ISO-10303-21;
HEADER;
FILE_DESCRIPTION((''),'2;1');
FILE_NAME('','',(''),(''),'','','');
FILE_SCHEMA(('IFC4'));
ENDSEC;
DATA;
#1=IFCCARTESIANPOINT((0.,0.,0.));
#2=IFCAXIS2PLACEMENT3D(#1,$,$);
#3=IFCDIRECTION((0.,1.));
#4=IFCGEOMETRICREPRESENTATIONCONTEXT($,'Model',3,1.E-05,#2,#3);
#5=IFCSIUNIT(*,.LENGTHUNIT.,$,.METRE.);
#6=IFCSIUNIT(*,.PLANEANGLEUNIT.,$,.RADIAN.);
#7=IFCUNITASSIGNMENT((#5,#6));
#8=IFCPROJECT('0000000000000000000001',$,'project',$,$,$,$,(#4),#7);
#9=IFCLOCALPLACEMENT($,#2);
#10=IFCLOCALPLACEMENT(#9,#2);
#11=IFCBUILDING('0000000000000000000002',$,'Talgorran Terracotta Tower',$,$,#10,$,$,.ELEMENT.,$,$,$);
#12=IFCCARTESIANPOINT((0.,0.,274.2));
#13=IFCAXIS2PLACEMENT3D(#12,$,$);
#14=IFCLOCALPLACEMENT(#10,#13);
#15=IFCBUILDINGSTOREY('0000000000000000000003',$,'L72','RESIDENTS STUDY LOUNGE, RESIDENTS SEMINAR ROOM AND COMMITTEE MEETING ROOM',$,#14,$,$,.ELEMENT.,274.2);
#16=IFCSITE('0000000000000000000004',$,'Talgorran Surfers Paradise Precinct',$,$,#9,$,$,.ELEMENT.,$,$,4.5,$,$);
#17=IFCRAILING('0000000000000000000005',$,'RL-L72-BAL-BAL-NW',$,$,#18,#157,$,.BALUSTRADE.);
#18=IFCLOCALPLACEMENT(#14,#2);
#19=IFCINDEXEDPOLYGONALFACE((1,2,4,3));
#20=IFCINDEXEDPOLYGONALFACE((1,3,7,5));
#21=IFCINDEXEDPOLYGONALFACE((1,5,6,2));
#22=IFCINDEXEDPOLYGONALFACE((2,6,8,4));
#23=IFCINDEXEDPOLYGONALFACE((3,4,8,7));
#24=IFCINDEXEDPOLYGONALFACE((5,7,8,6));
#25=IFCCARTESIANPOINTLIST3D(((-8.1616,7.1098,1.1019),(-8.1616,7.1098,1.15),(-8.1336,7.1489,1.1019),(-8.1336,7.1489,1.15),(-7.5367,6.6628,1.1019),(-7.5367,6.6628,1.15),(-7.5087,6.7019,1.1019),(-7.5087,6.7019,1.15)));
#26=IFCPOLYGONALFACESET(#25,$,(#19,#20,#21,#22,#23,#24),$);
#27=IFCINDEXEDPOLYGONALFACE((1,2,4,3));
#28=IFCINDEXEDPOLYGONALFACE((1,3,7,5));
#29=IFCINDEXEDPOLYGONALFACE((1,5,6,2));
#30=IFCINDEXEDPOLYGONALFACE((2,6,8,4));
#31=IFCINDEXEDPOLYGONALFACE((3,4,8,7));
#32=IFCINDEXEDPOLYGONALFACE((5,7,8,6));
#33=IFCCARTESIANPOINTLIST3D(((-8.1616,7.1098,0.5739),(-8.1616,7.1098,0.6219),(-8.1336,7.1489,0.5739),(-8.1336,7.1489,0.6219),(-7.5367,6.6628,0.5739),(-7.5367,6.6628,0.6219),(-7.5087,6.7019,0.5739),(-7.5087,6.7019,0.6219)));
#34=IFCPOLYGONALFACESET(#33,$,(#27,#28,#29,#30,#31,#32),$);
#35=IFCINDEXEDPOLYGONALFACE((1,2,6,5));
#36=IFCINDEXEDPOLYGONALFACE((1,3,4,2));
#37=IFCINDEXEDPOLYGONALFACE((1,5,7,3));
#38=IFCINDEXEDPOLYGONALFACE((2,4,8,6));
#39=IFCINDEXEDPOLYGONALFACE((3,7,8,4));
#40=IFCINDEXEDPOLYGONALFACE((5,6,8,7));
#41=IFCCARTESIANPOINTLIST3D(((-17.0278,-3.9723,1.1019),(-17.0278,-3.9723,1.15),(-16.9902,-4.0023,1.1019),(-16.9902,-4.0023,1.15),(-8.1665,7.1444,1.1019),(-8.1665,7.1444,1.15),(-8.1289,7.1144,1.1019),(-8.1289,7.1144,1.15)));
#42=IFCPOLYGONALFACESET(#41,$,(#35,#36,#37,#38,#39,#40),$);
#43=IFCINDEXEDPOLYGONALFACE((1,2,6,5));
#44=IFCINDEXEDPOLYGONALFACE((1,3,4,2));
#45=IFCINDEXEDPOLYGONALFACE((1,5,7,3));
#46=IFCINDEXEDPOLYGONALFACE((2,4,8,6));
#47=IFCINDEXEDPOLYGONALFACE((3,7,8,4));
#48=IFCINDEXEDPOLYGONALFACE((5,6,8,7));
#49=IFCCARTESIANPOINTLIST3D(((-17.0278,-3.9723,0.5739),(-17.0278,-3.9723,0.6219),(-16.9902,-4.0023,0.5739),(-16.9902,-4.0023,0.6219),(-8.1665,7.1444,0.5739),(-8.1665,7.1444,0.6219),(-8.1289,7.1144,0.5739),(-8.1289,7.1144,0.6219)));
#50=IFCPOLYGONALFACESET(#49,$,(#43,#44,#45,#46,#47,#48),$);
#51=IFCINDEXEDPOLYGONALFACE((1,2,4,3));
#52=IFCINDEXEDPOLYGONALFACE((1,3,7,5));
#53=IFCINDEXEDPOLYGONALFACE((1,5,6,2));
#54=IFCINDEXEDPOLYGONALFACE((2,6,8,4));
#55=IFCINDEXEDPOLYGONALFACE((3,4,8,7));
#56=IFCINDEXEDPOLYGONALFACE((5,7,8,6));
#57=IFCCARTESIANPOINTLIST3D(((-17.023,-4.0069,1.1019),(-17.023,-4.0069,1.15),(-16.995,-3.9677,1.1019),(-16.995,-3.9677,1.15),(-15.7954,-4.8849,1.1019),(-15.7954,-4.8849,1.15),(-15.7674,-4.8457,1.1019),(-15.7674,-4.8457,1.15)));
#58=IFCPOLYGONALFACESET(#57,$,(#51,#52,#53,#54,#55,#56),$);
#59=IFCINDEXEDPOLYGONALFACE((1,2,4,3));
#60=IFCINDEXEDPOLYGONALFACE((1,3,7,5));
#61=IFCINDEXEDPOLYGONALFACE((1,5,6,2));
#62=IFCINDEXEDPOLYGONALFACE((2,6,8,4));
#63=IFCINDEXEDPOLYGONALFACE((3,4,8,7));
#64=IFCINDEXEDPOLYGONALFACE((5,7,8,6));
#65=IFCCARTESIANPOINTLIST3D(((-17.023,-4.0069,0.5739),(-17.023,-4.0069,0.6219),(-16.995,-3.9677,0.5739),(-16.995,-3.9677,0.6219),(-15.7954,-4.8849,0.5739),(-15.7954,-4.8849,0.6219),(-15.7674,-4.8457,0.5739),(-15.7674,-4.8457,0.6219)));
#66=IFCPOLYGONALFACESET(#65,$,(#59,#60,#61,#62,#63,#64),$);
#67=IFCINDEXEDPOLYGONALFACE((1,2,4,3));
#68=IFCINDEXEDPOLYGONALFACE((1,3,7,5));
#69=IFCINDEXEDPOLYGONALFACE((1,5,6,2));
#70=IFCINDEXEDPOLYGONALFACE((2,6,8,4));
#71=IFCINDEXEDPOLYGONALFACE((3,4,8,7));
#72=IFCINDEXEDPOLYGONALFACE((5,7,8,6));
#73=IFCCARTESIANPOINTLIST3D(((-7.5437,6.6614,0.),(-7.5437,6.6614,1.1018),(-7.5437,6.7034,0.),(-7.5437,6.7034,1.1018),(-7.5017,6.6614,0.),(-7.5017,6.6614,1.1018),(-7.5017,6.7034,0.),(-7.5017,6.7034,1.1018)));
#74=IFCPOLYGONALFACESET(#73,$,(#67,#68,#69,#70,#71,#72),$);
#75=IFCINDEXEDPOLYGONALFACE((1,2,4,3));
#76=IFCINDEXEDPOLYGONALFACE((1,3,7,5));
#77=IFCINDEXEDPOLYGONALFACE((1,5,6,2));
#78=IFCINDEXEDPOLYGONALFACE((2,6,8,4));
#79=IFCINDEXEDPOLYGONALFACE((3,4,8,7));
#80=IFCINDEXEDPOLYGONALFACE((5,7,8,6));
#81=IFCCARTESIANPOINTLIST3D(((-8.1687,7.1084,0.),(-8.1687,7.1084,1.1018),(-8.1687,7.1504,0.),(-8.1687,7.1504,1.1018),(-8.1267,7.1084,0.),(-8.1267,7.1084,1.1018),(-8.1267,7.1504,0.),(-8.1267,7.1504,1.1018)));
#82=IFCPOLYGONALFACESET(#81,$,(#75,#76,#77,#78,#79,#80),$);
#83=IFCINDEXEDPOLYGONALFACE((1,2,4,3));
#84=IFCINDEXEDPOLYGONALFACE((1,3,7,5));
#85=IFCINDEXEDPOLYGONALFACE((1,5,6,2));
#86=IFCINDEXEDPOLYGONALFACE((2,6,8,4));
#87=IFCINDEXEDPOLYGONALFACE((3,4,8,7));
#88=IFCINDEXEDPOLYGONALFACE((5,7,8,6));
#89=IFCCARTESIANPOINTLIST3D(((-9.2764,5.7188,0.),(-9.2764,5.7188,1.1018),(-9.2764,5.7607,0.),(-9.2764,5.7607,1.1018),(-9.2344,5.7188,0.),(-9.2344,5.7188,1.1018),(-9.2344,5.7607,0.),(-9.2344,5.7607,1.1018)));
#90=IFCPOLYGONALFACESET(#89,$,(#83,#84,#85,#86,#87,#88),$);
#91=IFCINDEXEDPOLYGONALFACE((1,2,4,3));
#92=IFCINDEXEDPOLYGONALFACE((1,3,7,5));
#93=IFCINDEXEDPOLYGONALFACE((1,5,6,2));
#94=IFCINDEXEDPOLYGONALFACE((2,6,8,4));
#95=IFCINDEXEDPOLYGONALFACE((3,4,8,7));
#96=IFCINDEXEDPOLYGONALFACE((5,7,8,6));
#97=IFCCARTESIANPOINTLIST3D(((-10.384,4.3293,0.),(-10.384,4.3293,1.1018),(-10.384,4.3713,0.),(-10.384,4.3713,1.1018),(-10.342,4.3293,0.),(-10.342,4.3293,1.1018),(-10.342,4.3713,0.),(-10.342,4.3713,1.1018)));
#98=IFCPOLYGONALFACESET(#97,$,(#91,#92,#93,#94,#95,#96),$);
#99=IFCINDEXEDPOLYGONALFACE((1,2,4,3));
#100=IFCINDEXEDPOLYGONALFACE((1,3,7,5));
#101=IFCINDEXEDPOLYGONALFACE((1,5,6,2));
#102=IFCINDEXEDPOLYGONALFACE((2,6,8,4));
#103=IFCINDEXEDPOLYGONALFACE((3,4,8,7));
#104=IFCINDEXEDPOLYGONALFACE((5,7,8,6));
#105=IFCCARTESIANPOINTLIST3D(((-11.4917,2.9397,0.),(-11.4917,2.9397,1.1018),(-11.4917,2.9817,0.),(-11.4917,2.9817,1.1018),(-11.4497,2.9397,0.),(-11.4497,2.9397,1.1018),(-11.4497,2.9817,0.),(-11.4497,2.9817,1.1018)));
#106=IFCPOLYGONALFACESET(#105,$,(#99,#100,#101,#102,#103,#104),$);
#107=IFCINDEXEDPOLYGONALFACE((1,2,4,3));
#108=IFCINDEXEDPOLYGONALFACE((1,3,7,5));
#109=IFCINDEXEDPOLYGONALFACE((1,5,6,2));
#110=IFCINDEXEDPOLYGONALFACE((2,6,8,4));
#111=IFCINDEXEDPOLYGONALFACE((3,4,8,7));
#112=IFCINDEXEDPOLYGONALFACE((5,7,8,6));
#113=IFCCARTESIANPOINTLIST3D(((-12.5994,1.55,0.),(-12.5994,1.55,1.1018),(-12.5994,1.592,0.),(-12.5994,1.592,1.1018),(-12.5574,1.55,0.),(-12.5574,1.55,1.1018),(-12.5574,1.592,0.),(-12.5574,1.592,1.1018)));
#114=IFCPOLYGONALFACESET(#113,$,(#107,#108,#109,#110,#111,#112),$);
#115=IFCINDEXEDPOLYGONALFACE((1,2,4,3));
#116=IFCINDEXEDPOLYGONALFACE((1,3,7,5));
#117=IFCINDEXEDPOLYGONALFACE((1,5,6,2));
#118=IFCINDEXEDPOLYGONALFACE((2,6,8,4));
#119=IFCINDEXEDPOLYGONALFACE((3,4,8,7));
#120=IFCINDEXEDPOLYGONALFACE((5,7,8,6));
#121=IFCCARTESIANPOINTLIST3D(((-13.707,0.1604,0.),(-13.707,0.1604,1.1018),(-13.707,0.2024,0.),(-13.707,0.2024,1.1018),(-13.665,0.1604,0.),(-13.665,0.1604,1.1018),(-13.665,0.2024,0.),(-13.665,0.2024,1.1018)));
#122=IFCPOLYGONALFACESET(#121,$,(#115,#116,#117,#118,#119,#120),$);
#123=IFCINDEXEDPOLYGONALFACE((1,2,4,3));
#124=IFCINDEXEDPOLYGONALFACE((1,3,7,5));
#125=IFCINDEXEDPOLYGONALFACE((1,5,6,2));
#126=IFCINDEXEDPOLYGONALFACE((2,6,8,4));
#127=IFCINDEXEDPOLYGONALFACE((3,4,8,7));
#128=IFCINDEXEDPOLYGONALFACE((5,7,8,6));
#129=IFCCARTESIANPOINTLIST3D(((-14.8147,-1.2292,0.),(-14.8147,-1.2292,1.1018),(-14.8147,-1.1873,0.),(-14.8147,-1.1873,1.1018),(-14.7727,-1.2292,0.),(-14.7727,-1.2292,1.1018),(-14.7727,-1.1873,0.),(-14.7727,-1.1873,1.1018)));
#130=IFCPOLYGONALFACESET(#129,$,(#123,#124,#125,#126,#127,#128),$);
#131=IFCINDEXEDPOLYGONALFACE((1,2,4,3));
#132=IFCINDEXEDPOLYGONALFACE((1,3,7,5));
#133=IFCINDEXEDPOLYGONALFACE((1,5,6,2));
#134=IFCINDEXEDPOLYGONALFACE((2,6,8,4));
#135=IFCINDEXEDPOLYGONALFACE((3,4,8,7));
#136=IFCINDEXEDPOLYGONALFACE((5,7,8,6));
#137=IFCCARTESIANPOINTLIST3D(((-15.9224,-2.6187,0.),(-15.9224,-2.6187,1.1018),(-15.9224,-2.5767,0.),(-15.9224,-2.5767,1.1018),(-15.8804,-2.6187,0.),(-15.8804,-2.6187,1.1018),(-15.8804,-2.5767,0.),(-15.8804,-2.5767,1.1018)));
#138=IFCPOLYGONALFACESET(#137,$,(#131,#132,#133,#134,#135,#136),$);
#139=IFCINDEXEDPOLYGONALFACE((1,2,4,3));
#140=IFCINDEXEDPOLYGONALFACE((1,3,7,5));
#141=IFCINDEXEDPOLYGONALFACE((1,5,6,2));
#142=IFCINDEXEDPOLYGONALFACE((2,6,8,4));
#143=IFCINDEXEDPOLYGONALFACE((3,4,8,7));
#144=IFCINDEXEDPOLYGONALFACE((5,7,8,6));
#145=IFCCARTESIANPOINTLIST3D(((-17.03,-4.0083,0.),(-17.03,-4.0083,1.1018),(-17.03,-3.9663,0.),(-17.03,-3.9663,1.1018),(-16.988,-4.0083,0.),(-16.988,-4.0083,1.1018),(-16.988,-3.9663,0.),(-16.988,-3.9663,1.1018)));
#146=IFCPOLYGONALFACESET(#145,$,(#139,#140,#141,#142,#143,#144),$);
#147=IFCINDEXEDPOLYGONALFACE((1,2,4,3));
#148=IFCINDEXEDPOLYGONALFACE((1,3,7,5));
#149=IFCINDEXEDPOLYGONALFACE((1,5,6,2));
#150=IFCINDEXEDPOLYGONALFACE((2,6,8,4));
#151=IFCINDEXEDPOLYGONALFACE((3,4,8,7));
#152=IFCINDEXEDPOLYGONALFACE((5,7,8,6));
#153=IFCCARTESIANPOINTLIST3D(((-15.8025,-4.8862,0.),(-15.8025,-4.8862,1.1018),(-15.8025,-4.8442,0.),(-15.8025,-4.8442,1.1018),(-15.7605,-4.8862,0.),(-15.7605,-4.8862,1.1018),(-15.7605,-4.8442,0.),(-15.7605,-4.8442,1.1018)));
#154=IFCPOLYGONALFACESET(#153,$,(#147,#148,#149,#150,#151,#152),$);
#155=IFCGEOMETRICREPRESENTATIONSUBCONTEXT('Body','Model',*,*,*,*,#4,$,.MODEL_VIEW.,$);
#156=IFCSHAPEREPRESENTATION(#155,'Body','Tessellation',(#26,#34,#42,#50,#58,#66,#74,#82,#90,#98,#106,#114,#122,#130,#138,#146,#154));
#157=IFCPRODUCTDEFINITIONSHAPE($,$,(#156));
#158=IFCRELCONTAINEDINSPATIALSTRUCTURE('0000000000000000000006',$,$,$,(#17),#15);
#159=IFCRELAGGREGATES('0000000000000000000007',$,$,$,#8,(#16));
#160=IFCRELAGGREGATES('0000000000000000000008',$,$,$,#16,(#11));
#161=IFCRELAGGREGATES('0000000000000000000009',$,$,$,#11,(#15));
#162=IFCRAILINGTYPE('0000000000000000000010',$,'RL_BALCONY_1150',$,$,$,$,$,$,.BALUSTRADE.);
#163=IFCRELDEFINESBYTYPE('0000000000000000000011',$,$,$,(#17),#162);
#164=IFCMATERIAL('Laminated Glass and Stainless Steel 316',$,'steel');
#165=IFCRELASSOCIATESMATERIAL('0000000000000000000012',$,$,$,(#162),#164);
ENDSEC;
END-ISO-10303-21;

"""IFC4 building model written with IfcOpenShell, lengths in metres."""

from ifc_helpers import new_model, si_unit, direction, frame, origin, origin_2d, place, context, subcontext, project, spatial, rectangle, extrude, material, type_object, element, save


model = new_model("IFC4")

# Units and contexts
model_context = context("Model", 3, precision=1e-05, world=origin(), true_north=direction((0.0, 1.0)))
body_context = subcontext(model_context, "Body", "Model", "MODEL_VIEW")
ifc_project = project(units=[si_unit("LENGTHUNIT", "METRE"), si_unit("PLANEANGLEUNIT", "RADIAN")], contexts=[model_context])

# Site, building, storey
site_placement = place(None, origin())
site = spatial("IfcSite", under=ifc_project, at=site_placement, Name="Talgorran Surfers Paradise Precinct", CompositionType="ELEMENT", RefElevation=4.5)
building_placement = place(site_placement, origin())
building = spatial("IfcBuilding", under=site, at=building_placement, Name="Talgorran Terracotta Tower", CompositionType="ELEMENT")
storey_placement = place(building_placement, frame((0.0, 0.0, 274.2)))
storey = spatial("IfcBuildingStorey", under=building, at=storey_placement, Name="L72", Description="RESIDENTS STUDY LOUNGE, RESIDENTS SEMINAR ROOM AND COMMITTEE MEETING ROOM", CompositionType="ELEMENT", Elevation=274.2)

# Railing
ifc_material_1 = material(Name="Laminated Glass and Stainless Steel 316", Category="steel")
railing_type = type_object("IfcRailingType", Name="RL_BALCONY_1150", PredefinedType="BALUSTRADE", material=ifc_material_1)
railing_placement = place(storey_placement, frame((-7.5227, 6.6824, 0.0)))
element("IfcRailing", 1, at=railing_placement, inside=storey, type_object=railing_type, Name="RL-L72-BAL-BAL-NW", PredefinedType="BALUSTRADE", context=body_context, shape_type="SweptSolid", body=[
    extrude(rectangle(XDim=0.0481, YDim=0.0481, at=origin_2d()), frame((0.0, 0.0, 1.126), z_axis=(-0.813368, 0.581749, 0.0), x_axis=(-0.581749, -0.813368, 0.0)), (0.0, 0.0, 1.0), 0.7683),
    extrude(rectangle(XDim=0.0481, YDim=0.0481, at=origin_2d()), frame((0.0, 0.0, 0.5979), z_axis=(-0.813368, 0.581749, 0.0), x_axis=(-0.581749, -0.813368, 0.0)), (0.0, 0.0, 1.0), 0.7683),
    extrude(rectangle(XDim=0.0481, YDim=0.0481, at=origin_2d()), frame((-0.625, 0.447, 1.126), z_axis=(-0.62332, -0.781967, 0.0), x_axis=(0.781967, -0.62332, 0.0)), (0.0, 0.0, 1.0), 14.2163),
    extrude(rectangle(XDim=0.0481, YDim=0.0481, at=origin_2d()), frame((-0.625, 0.447, 0.5979), z_axis=(-0.62332, -0.781967, 0.0), x_axis=(0.781967, -0.62332, 0.0)), (0.0, 0.0, 1.0), 14.2163),
    extrude(rectangle(XDim=0.0481, YDim=0.0481, at=origin_2d()), frame((-9.4863, -10.6697, 1.126), z_axis=(0.813384, -0.581728, 0.0), x_axis=(0.581728, 0.813384, 0.0)), (0.0, 0.0, 1.0), 1.5093),
    extrude(rectangle(XDim=0.0481, YDim=0.0481, at=origin_2d()), frame((-9.4863, -10.6697, 0.5979), z_axis=(0.813384, -0.581728, 0.0), x_axis=(0.581728, 0.813384, 0.0)), (0.0, 0.0, 1.0), 1.5093),
    extrude(rectangle(XDim=0.042, YDim=0.042, at=origin_2d()), origin(), (0.0, 0.0, 1.0), 1.1018),
    extrude(rectangle(XDim=0.042, YDim=0.042, at=origin_2d()), frame((-0.625, 0.447, 0.0)), (0.0, 0.0, 1.0), 1.1018),
    extrude(rectangle(XDim=0.042, YDim=0.042, at=origin_2d()), frame((-1.7327, -0.9426, 0.0)), (0.0, 0.0, 1.0), 1.1018),
    extrude(rectangle(XDim=0.042, YDim=0.042, at=origin_2d()), frame((-2.8403, -2.332, 0.0)), (0.0, 0.0, 1.0), 1.1018),
    extrude(rectangle(XDim=0.042, YDim=0.042, at=origin_2d()), frame((-3.948, -3.7217, 0.0)), (0.0, 0.0, 1.0), 1.1018),
    extrude(rectangle(XDim=0.042, YDim=0.042, at=origin_2d()), frame((-5.0557, -5.1113, 0.0)), (0.0, 0.0, 1.0), 1.1018),
    extrude(rectangle(XDim=0.042, YDim=0.042, at=origin_2d()), frame((-6.1633, -6.501, 0.0)), (0.0, 0.0, 1.0), 1.1018),
    extrude(rectangle(XDim=0.042, YDim=0.042, at=origin_2d()), frame((-7.271, -7.8906, 0.0)), (0.0, 0.0, 1.0), 1.1018),
    extrude(rectangle(XDim=0.042, YDim=0.042, at=origin_2d()), frame((-8.3787, -9.28, 0.0)), (0.0, 0.0, 1.0), 1.1018),
    extrude(rectangle(XDim=0.042, YDim=0.042, at=origin_2d()), frame((-9.4863, -10.6697, 0.0)), (0.0, 0.0, 1.0), 1.1018),
    extrude(rectangle(XDim=0.042, YDim=0.042, at=origin_2d()), frame((-8.2588, -11.5476, 0.0)), (0.0, 0.0, 1.0), 1.1018),
])

save(model, "model.ifc")
